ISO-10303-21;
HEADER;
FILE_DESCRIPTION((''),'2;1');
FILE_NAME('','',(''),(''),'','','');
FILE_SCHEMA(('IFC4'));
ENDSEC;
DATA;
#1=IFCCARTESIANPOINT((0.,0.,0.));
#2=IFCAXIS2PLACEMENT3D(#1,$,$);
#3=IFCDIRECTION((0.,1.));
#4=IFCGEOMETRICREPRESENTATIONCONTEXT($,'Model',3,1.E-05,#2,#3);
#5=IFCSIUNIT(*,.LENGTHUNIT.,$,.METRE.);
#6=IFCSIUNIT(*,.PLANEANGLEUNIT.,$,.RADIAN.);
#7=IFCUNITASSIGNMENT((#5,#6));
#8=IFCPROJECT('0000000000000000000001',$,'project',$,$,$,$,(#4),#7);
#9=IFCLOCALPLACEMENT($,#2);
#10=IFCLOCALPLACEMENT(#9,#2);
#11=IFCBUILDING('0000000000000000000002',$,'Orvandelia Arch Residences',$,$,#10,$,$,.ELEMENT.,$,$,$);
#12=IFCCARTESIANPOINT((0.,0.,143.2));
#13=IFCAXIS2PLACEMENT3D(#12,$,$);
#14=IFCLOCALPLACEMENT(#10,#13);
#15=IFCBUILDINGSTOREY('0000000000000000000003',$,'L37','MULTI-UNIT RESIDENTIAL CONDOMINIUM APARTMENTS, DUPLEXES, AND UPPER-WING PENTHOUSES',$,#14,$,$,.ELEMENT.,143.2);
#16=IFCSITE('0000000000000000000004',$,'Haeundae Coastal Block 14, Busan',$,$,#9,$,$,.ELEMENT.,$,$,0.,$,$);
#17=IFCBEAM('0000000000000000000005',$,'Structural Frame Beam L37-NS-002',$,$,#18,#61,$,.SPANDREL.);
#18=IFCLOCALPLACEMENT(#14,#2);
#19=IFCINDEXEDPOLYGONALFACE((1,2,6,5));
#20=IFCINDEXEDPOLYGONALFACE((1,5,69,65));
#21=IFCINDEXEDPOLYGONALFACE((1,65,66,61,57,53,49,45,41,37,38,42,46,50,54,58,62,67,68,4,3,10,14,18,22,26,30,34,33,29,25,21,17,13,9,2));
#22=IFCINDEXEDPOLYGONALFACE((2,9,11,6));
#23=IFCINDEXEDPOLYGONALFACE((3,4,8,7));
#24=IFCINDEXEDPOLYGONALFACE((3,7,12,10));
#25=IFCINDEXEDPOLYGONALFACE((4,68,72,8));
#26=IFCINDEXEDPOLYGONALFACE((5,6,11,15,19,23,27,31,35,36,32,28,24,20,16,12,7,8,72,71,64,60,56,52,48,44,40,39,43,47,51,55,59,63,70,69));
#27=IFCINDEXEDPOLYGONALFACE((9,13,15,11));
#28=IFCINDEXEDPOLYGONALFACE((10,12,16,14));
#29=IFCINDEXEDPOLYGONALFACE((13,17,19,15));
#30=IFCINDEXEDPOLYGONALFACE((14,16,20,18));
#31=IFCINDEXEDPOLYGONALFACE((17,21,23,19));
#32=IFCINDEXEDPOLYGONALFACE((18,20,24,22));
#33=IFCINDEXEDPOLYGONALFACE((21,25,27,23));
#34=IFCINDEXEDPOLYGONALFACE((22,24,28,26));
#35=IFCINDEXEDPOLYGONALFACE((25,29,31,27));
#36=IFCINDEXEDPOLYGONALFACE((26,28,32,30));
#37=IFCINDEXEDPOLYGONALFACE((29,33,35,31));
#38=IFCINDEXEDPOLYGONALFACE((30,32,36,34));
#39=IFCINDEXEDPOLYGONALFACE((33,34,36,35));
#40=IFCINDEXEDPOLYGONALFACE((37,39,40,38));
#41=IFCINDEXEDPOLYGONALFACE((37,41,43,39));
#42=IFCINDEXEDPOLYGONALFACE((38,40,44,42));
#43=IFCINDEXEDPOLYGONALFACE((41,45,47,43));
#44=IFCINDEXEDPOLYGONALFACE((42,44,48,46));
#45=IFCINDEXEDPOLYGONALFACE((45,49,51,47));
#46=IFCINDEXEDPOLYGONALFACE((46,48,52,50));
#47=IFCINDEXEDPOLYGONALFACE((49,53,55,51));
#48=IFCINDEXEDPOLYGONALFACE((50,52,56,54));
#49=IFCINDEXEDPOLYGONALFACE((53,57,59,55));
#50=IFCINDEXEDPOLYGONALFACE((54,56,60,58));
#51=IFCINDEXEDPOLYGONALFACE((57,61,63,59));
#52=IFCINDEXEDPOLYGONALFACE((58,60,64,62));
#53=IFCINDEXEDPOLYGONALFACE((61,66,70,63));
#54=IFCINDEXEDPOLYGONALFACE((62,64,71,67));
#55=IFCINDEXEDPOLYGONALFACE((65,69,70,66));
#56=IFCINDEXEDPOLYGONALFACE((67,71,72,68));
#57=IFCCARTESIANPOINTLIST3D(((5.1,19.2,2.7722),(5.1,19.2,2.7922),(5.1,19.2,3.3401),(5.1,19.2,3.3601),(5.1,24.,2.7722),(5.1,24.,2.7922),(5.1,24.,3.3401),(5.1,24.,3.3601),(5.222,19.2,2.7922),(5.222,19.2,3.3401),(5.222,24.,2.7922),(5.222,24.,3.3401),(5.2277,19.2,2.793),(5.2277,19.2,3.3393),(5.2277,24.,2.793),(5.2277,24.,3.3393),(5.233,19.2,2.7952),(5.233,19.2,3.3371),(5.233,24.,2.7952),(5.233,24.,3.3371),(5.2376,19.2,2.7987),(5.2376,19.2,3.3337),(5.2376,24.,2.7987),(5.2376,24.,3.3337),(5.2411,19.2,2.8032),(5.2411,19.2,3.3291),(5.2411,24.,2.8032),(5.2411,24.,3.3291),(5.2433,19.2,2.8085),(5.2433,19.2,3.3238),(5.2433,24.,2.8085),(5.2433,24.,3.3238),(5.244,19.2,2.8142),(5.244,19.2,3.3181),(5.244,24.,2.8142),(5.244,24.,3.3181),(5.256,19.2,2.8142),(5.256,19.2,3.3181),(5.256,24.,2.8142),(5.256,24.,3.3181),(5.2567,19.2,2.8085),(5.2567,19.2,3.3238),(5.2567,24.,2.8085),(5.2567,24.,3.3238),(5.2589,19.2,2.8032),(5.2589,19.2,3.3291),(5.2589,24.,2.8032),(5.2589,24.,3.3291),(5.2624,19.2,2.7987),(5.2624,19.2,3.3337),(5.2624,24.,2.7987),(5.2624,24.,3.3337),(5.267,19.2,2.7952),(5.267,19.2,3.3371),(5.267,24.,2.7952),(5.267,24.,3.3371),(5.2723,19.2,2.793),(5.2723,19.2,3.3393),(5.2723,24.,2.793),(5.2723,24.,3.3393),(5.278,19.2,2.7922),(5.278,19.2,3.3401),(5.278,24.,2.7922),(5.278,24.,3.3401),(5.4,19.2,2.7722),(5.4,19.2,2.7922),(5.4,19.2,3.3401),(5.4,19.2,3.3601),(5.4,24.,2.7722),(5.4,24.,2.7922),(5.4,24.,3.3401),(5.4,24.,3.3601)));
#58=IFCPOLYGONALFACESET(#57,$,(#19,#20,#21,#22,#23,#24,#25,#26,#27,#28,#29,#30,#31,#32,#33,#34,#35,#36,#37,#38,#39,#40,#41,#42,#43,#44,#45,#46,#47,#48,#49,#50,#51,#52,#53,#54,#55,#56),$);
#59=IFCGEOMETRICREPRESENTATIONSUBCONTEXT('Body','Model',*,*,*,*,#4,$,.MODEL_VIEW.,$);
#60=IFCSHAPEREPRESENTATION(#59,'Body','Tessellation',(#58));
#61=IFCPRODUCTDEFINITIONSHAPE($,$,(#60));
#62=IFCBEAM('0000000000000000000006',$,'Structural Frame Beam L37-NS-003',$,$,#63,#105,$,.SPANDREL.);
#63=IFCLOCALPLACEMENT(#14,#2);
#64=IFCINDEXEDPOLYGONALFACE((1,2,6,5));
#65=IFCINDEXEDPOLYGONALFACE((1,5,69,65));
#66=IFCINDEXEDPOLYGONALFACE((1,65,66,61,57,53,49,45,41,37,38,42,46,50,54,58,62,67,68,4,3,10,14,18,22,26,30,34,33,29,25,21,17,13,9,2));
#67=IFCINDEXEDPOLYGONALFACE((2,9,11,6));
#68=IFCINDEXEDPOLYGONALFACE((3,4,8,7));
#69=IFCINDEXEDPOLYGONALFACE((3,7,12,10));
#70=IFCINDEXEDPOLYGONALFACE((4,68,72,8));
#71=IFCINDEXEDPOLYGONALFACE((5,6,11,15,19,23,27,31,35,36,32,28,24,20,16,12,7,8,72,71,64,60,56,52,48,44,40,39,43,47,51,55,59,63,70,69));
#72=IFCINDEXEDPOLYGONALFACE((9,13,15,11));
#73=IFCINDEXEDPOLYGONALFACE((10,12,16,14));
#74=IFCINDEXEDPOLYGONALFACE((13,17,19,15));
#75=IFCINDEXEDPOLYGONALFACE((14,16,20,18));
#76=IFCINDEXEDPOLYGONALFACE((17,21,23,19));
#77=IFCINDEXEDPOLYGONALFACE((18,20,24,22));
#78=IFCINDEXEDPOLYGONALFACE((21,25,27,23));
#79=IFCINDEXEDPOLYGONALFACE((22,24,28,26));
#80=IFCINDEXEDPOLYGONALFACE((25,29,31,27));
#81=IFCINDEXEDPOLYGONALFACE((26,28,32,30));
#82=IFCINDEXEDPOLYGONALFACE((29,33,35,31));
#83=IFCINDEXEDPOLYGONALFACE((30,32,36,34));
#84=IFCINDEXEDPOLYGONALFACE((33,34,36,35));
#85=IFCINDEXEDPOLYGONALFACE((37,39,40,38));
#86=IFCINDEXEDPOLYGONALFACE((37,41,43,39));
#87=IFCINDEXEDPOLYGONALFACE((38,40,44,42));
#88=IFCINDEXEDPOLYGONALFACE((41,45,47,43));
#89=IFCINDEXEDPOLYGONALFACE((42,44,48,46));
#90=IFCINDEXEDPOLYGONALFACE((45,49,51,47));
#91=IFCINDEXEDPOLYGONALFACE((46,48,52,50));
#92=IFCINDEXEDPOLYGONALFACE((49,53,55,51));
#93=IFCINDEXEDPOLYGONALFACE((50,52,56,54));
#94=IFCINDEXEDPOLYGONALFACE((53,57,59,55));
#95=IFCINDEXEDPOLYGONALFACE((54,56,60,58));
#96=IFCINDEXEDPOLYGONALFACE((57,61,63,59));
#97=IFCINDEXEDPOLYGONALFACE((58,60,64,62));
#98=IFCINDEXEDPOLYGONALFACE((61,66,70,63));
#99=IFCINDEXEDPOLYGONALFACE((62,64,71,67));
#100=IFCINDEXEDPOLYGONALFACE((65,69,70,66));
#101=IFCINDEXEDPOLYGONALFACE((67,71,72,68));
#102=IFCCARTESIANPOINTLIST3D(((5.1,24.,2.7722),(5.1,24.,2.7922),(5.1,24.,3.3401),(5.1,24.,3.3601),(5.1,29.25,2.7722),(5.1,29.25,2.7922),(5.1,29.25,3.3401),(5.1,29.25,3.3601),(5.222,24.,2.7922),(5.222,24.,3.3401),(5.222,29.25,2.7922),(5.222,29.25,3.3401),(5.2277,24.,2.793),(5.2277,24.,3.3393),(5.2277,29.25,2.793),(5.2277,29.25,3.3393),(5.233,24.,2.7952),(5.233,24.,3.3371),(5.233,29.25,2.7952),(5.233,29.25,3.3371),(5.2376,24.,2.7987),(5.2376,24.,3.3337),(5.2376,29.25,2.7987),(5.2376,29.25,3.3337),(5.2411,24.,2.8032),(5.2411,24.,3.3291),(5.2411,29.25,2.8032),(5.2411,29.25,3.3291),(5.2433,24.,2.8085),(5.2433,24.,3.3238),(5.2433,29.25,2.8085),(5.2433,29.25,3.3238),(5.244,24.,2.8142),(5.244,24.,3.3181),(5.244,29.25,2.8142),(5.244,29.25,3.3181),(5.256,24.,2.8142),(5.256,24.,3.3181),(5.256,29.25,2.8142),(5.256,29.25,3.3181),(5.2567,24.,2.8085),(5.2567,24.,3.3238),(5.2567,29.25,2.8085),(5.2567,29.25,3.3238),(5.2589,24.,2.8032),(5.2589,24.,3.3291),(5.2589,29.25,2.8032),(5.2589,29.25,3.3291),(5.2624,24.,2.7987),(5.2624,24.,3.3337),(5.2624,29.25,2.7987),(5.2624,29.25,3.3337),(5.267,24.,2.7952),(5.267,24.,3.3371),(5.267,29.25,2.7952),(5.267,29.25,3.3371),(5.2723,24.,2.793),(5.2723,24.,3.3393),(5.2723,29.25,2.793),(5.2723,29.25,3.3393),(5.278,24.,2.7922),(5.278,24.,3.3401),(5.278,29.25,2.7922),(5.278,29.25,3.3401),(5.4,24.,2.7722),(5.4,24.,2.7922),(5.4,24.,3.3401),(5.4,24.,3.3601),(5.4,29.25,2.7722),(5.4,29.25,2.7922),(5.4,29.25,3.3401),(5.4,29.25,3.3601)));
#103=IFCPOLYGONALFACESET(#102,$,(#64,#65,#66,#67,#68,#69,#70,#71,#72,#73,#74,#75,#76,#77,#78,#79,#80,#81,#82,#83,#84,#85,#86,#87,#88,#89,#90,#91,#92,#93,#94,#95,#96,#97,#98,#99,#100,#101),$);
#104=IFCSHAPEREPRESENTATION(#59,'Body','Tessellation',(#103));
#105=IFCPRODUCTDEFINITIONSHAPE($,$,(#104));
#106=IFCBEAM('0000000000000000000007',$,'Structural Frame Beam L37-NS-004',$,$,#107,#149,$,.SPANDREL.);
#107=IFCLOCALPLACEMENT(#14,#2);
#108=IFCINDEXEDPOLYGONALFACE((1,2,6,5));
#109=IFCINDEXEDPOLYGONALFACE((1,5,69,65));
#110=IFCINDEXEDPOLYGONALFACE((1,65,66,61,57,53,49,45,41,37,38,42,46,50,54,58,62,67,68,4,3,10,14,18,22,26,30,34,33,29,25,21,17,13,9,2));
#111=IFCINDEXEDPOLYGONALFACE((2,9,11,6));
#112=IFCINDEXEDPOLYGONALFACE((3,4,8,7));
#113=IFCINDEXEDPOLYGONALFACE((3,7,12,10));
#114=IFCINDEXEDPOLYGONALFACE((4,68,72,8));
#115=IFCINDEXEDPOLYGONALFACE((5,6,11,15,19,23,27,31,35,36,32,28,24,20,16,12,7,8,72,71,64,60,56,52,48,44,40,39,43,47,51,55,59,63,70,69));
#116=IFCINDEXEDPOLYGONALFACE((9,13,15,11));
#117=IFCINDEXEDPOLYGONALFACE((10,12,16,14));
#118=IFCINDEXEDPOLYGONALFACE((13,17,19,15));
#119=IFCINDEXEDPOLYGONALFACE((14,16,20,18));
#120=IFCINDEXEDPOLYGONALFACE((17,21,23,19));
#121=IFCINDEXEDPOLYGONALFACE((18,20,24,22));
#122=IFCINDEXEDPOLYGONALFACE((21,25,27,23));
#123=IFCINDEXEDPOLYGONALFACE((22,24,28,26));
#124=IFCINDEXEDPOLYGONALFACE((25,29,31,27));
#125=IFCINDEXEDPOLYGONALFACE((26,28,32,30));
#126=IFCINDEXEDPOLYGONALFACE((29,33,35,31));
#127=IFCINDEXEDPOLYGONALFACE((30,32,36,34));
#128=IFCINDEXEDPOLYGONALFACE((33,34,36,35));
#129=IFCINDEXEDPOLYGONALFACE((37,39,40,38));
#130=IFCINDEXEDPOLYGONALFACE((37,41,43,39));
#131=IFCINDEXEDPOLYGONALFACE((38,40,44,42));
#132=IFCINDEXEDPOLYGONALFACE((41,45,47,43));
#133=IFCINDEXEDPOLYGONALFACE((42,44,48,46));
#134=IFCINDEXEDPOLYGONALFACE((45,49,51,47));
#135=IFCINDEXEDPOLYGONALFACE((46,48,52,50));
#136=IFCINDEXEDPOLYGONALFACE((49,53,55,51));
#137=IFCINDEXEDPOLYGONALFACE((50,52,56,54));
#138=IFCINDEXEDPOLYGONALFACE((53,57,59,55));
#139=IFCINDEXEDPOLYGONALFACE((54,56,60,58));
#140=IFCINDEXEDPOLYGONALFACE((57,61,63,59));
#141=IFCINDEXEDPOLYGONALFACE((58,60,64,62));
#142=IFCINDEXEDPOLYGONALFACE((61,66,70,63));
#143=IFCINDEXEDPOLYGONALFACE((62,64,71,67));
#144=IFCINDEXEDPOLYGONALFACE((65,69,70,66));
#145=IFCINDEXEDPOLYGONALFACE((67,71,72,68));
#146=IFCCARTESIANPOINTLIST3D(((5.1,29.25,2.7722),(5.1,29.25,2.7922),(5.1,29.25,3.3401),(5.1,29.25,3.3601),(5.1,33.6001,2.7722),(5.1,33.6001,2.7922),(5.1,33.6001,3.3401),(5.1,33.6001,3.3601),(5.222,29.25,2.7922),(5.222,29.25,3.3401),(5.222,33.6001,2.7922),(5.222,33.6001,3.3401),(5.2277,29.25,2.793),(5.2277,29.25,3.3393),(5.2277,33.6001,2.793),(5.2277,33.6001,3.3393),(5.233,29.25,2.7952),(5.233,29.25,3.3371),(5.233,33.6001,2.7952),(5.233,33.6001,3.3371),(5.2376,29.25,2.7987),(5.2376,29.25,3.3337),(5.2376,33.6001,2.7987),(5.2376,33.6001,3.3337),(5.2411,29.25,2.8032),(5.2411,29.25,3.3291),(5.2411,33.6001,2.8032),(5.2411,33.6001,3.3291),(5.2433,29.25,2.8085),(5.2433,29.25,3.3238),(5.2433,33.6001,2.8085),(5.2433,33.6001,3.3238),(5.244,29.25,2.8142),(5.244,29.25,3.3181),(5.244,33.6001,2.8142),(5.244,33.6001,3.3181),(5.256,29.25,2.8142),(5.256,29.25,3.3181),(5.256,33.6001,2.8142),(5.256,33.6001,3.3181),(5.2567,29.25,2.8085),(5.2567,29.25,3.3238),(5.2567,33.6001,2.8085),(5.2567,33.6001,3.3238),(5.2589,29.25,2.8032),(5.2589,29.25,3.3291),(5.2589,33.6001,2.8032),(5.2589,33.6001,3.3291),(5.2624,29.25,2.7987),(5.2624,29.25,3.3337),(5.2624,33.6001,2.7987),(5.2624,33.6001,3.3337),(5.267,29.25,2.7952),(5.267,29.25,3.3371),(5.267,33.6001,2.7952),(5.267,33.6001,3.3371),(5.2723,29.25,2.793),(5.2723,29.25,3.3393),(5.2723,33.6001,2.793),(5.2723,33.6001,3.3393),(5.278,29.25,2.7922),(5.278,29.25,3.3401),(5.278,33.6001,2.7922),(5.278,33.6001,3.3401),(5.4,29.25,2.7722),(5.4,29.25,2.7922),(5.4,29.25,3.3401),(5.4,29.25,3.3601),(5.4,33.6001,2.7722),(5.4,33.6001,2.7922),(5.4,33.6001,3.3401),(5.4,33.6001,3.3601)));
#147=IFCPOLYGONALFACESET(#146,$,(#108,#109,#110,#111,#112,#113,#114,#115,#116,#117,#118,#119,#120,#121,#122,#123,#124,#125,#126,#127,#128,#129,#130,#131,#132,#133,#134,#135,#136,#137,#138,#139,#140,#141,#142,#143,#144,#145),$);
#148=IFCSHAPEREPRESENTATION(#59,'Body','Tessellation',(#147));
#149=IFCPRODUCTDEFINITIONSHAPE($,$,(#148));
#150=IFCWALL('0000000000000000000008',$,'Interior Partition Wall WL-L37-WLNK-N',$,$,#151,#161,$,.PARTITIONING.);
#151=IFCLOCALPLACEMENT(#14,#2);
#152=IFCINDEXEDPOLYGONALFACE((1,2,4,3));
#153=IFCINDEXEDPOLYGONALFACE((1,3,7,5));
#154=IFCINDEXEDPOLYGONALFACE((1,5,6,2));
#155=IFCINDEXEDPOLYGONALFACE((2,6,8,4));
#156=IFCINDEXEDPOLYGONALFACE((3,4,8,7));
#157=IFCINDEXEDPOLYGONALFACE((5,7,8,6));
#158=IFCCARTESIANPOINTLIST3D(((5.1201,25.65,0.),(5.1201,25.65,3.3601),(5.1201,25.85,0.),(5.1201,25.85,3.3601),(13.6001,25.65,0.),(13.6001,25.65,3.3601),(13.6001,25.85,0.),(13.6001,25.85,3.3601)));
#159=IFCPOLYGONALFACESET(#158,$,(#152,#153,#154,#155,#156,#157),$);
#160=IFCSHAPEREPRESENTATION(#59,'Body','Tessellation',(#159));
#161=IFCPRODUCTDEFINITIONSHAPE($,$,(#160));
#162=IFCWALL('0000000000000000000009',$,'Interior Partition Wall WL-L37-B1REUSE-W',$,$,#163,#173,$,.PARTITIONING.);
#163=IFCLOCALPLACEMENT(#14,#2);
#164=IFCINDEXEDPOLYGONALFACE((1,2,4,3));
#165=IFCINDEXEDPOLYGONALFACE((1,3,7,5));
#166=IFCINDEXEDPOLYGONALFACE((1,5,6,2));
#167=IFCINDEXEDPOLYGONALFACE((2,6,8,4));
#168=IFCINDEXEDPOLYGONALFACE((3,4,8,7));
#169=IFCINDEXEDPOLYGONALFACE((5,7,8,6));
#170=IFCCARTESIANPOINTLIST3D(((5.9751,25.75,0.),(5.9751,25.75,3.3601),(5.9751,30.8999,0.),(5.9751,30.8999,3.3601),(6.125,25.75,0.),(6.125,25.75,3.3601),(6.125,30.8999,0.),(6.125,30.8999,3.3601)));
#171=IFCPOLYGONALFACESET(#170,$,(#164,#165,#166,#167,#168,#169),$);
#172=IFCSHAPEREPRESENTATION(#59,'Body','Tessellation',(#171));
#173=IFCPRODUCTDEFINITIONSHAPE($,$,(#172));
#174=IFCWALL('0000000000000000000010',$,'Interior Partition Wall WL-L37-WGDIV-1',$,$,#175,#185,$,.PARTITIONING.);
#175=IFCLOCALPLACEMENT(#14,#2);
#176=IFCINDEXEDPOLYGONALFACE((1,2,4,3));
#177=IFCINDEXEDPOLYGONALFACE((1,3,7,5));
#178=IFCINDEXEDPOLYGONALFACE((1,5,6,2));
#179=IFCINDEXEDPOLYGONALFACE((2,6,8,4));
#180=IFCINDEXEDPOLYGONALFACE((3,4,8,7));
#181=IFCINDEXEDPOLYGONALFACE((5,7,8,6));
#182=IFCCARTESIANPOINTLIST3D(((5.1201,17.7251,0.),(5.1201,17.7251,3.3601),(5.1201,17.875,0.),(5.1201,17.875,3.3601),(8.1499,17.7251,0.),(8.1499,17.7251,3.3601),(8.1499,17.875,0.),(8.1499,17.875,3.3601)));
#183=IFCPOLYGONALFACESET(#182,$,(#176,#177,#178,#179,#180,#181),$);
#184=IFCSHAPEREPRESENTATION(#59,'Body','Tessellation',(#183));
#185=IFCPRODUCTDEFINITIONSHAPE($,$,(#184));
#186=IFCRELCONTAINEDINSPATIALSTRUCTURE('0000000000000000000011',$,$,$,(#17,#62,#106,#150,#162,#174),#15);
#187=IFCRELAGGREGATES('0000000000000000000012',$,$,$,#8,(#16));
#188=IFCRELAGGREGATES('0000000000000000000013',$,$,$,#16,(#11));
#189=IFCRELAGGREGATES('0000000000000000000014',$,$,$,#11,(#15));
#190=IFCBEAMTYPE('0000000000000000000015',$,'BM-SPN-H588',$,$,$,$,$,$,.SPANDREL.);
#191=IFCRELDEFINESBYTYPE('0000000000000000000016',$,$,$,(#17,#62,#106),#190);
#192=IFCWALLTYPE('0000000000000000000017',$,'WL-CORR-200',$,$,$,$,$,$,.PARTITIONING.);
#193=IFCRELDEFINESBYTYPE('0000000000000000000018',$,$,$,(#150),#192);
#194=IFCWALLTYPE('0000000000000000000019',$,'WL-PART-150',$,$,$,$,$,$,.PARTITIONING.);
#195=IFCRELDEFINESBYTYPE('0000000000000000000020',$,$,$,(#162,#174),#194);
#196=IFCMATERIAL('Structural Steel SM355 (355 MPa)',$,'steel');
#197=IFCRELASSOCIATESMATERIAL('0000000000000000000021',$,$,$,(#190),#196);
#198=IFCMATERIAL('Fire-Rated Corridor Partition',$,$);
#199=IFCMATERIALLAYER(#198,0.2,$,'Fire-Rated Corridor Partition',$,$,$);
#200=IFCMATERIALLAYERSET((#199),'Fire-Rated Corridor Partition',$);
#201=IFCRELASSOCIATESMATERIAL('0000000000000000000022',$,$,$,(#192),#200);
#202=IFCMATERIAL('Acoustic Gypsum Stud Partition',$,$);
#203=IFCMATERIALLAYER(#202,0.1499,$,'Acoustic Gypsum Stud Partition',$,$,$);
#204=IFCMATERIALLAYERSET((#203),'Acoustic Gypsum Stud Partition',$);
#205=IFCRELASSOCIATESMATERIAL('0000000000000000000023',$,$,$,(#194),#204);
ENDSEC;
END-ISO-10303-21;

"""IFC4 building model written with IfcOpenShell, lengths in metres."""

from ifc_helpers import new_model, si_unit, direction, frame, frame_2d, origin, origin_2d, place, context, subcontext, project, spatial, rectangle, i_section, extrude, material, layer, layer_set, material_profile, profile_set, type_object, element, save


model = new_model("IFC4")

# Units and contexts
model_context = context("Model", 3, precision=1e-05, world=origin(), true_north=direction((0.0, 1.0)))
body_context = subcontext(model_context, "Body", "Model", "MODEL_VIEW")
ifc_project = project(units=[si_unit("LENGTHUNIT", "METRE"), si_unit("PLANEANGLEUNIT", "RADIAN")], contexts=[model_context])

# Site, building, storey
site_placement = place(None, origin())
site = spatial("IfcSite", under=ifc_project, at=site_placement, Name="Haeundae Coastal Block 14, Busan", CompositionType="ELEMENT", RefElevation=0.0)
building_placement = place(site_placement, origin())
building = spatial("IfcBuilding", under=site, at=building_placement, Name="Orvandelia Arch Residences", CompositionType="ELEMENT")
storey_placement = place(building_placement, frame((0.0, 0.0, 143.2)))
storey = spatial("IfcBuildingStorey", under=building, at=storey_placement, Name="L37", Description="MULTI-UNIT RESIDENTIAL CONDOMINIUM APARTMENTS, DUPLEXES, AND UPPER-WING PENTHOUSES", CompositionType="ELEMENT", Elevation=143.2)

# Beams
ifc_material_1 = material(Name="Structural Steel SM355 (355 MPa)", Category="steel")
ifc_material_profile_1 = material_profile(ifc_material_1, i_section(OverallWidth=0.3, OverallDepth=0.5879, WebThickness=0.012, FlangeThickness=0.02, FilletRadius=0.022, at=origin_2d()), Name="Structural Steel SM355 (355 MPa)", Category="steel")
ifc_profile_set_1 = profile_set([ifc_material_profile_1], Name="Structural Steel SM355 (355 MPa)")
beam_type_1 = type_object("IfcBeamType", Name="BM-SPN-H588", PredefinedType="SPANDREL", material=ifc_profile_set_1)
beam_1_placement = place(storey_placement, frame((5.25, 19.2, 3.0662), z_axis=(0.0, 1.0, 0.0), x_axis=(-1.0, 0.0, 0.0)))
element("IfcBeam", 1, at=beam_1_placement, inside=storey, type_object=beam_type_1, Name="Structural Frame Beam L37-NS-002", PredefinedType="SPANDREL", context=body_context, shape_type="SweptSolid", body=[
    extrude(i_section(OverallWidth=0.3, OverallDepth=0.5879, WebThickness=0.012, FlangeThickness=0.02, FilletRadius=0.022, at=origin_2d()), origin(), (0.0, 0.0, 1.0), 4.8),
])
beam_2_placement = place(storey_placement, frame((5.25, 24.0, 3.0662), z_axis=(0.0, 1.0, 0.0), x_axis=(-1.0, 0.0, 0.0)))
element("IfcBeam", 2, at=beam_2_placement, inside=storey, type_object=beam_type_1, Name="Structural Frame Beam L37-NS-003", PredefinedType="SPANDREL", context=body_context, shape_type="SweptSolid", body=[
    extrude(i_section(OverallWidth=0.3, OverallDepth=0.5879, WebThickness=0.012, FlangeThickness=0.02, FilletRadius=0.022, at=origin_2d()), origin(), (0.0, 0.0, 1.0), 5.25),
])
beam_3_placement = place(storey_placement, frame((5.25, 29.25, 3.0662), z_axis=(0.0, 1.0, 0.0), x_axis=(-1.0, 0.0, 0.0)))
element("IfcBeam", 3, at=beam_3_placement, inside=storey, type_object=beam_type_1, Name="Structural Frame Beam L37-NS-004", PredefinedType="SPANDREL", context=body_context, shape_type="SweptSolid", body=[
    extrude(i_section(OverallWidth=0.3, OverallDepth=0.5879, WebThickness=0.012, FlangeThickness=0.02, FilletRadius=0.022, at=origin_2d()), origin(), (0.0, 0.0, 1.0), 4.3501),
])

# Walls
ifc_material_2 = material(Name="Fire-Rated Corridor Partition")
ifc_layer_1 = layer(ifc_material_2, 0.2, Name="Fire-Rated Corridor Partition")
ifc_layer_set_1 = layer_set([ifc_layer_1], Name="Fire-Rated Corridor Partition")
wall_type_1 = type_object("IfcWallType", Name="WL-CORR-200", PredefinedType="PARTITIONING", material=ifc_layer_set_1)
wall_1_placement = place(storey_placement, frame((5.1201, 25.75, 0.0), z_axis=(0.0, 0.0, 1.0), x_axis=(1.0, 0.0, 0.0)))
element("IfcWall", 4, at=wall_1_placement, inside=storey, type_object=wall_type_1, Name="Interior Partition Wall WL-L37-WLNK-N", PredefinedType="PARTITIONING", context=body_context, shape_type="SweptSolid", body=[
    extrude(rectangle(XDim=8.48, YDim=0.2, at=frame_2d((4.24, 0.0))), origin(), (0.0, 0.0, 1.0), 3.3601),
])
ifc_material_3 = material(Name="Acoustic Gypsum Stud Partition")
ifc_layer_2 = layer(ifc_material_3, 0.1499, Name="Acoustic Gypsum Stud Partition")
ifc_layer_set_2 = layer_set([ifc_layer_2], Name="Acoustic Gypsum Stud Partition")
wall_type_2 = type_object("IfcWallType", Name="WL-PART-150", PredefinedType="PARTITIONING", material=ifc_layer_set_2)
wall_2_placement = place(storey_placement, frame((6.05, 25.75, 0.0), z_axis=(0.0, 0.0, 1.0), x_axis=(0.0, 1.0, 0.0)))
element("IfcWall", 5, at=wall_2_placement, inside=storey, type_object=wall_type_2, Name="Interior Partition Wall WL-L37-B1REUSE-W", PredefinedType="PARTITIONING", context=body_context, shape_type="SweptSolid", body=[
    extrude(rectangle(XDim=5.1499, YDim=0.1499, at=frame_2d((2.575, 0.0))), origin(), (0.0, 0.0, 1.0), 3.3601),
])
wall_3_placement = place(storey_placement, frame((5.1201, 17.8, 0.0), z_axis=(0.0, 0.0, 1.0), x_axis=(1.0, 0.0, 0.0)))
element("IfcWall", 6, at=wall_3_placement, inside=storey, type_object=wall_type_2, Name="Interior Partition Wall WL-L37-WGDIV-1", PredefinedType="PARTITIONING", context=body_context, shape_type="SweptSolid", body=[
    extrude(rectangle(XDim=3.0298, YDim=0.1499, at=frame_2d((1.5149, 0.0))), origin(), (0.0, 0.0, 1.0), 3.3601),
])

save(model, "model.ifc")
